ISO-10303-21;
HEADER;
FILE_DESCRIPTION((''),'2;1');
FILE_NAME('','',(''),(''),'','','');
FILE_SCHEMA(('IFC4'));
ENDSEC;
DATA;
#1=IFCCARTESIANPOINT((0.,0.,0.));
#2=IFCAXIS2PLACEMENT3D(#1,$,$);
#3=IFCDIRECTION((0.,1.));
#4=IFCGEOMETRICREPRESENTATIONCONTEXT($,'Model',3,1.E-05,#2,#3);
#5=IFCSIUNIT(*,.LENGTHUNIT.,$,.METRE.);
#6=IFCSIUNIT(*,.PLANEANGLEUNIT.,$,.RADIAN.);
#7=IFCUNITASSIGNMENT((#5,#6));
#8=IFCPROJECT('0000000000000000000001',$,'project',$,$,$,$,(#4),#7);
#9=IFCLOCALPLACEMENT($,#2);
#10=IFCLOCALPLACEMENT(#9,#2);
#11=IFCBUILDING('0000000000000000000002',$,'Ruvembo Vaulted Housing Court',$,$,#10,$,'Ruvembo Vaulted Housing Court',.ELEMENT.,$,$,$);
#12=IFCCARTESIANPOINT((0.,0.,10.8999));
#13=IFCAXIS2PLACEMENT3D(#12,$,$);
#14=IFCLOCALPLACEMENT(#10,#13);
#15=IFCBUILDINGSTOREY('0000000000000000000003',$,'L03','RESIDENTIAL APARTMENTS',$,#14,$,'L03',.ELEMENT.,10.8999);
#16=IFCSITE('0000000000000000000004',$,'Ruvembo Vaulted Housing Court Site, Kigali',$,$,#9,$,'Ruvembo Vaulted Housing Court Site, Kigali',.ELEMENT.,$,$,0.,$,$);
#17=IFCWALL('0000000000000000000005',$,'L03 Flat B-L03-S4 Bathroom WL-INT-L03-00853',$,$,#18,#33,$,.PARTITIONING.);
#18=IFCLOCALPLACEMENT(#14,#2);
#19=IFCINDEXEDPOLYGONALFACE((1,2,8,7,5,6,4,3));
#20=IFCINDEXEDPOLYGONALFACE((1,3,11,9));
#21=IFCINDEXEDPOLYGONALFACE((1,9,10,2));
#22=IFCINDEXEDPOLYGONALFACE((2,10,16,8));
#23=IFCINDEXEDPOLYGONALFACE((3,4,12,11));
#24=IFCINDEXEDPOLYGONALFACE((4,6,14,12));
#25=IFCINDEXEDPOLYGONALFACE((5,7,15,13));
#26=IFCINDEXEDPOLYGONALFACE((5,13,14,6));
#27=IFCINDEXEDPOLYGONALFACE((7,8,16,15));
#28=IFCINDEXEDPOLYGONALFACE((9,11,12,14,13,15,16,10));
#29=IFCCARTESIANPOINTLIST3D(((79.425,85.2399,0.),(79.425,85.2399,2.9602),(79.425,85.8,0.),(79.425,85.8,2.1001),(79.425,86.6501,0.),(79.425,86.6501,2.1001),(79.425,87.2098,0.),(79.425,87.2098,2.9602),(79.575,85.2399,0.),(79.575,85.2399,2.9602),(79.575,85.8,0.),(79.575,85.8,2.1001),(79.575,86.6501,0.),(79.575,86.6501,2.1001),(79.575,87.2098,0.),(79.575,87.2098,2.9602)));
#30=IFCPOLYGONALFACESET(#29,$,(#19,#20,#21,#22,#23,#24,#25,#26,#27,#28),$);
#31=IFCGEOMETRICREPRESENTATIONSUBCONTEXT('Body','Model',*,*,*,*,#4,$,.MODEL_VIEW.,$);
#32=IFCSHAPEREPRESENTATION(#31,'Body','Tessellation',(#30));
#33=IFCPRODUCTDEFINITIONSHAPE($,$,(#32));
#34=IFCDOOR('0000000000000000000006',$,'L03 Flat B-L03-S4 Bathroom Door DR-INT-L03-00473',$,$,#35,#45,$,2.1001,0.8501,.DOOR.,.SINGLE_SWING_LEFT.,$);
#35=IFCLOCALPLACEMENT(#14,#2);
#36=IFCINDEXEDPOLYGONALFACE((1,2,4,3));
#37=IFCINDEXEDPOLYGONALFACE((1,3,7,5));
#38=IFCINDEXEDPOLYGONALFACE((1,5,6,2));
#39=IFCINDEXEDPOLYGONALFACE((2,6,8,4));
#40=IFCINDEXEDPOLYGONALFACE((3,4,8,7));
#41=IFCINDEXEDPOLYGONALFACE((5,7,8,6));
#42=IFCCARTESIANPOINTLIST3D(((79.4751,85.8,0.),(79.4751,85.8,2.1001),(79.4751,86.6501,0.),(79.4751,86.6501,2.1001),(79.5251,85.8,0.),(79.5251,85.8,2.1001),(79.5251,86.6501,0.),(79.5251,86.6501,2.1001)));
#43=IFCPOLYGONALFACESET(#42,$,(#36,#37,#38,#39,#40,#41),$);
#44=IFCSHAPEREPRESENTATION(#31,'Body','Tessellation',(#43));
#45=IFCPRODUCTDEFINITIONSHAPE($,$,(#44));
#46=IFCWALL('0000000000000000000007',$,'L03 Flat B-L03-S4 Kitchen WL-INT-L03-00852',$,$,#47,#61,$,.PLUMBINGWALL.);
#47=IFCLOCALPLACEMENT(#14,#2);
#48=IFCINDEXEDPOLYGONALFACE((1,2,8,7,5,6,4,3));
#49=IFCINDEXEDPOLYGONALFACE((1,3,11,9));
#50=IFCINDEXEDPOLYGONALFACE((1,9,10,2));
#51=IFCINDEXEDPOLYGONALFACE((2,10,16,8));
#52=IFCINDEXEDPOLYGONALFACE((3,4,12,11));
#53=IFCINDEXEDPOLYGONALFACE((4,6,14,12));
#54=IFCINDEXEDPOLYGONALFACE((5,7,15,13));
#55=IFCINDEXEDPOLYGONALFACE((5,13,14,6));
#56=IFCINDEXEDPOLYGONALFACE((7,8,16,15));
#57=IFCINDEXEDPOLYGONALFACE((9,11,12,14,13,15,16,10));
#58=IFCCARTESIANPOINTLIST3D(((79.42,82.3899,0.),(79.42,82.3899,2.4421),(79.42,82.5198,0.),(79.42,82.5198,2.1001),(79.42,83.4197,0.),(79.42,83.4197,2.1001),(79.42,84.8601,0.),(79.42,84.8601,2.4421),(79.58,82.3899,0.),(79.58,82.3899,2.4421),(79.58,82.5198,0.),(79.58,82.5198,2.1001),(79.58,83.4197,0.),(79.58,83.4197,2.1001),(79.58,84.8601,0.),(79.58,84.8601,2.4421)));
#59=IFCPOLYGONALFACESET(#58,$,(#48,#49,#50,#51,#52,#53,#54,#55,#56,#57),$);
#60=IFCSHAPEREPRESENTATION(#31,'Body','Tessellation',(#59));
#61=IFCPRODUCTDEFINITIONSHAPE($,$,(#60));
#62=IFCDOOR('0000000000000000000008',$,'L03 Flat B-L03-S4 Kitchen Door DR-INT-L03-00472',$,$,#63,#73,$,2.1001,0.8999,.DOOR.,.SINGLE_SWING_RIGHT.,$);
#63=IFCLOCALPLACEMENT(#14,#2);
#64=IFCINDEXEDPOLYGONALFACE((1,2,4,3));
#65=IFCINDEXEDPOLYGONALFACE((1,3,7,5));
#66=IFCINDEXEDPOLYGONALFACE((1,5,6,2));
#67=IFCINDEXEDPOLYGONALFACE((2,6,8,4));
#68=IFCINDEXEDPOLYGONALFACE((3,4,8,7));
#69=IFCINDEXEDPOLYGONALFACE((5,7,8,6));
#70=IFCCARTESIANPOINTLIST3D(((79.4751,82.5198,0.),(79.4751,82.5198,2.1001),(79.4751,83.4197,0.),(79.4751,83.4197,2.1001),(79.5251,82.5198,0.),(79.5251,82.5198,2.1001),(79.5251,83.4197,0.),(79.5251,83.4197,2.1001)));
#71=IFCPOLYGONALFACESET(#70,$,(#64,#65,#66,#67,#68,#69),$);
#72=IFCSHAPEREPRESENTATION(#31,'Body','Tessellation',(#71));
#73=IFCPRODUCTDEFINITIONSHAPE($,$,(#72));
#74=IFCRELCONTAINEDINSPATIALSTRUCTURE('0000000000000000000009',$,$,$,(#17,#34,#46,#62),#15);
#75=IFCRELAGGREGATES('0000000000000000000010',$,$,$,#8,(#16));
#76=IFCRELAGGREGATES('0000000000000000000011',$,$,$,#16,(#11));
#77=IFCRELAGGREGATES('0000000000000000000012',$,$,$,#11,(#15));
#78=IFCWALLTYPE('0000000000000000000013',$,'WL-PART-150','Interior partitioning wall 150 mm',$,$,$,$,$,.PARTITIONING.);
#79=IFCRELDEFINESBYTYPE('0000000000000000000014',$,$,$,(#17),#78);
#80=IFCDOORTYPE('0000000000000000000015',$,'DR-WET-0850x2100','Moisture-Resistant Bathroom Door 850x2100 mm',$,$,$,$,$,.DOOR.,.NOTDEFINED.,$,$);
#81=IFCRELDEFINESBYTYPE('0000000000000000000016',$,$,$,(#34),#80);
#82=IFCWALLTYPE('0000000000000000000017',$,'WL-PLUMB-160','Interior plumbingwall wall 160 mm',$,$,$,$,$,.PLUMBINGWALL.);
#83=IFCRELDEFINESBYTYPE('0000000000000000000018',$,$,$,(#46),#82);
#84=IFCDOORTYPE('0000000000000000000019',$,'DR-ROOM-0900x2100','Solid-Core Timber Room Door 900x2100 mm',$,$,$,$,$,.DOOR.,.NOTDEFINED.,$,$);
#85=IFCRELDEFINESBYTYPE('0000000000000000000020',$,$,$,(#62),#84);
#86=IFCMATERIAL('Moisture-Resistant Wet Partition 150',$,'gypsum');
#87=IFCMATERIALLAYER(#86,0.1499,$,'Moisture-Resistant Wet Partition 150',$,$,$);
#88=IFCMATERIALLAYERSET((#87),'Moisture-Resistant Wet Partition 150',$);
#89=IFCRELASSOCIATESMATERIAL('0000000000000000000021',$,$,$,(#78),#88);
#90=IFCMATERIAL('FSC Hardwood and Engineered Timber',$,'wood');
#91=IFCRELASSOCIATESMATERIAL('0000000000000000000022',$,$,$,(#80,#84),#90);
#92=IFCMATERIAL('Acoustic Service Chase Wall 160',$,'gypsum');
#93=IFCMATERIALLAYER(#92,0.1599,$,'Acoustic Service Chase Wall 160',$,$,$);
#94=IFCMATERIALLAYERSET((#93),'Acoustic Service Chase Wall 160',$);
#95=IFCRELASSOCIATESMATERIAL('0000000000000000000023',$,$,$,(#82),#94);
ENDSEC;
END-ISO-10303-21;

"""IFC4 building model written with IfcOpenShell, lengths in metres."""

from ifc_helpers import new_model, si_unit, direction, frame, frame_2d, origin, place, context, subcontext, project, spatial, rectangle, extrude, material, layer, layer_set, type_object, element, fill, save


model = new_model("IFC4")

# Units and contexts
model_context = context("Model", 3, precision=1e-05, world=origin(), true_north=direction((0.0, 1.0)))
body_context = subcontext(model_context, "Body", "Model", "MODEL_VIEW")
ifc_project = project(units=[si_unit("LENGTHUNIT", "METRE"), si_unit("PLANEANGLEUNIT", "RADIAN")], contexts=[model_context])

# Site, building, storey
site_placement = place(None, origin())
site = spatial("IfcSite", under=ifc_project, at=site_placement, Name="Ruvembo Vaulted Housing Court Site, Kigali", LongName="Ruvembo Vaulted Housing Court Site, Kigali", CompositionType="ELEMENT", RefElevation=0.0)
building_placement = place(site_placement, origin())
building = spatial("IfcBuilding", under=site, at=building_placement, Name="Ruvembo Vaulted Housing Court", LongName="Ruvembo Vaulted Housing Court", CompositionType="ELEMENT")
storey_placement = place(building_placement, frame((0.0, 0.0, 10.8999)))
storey = spatial("IfcBuildingStorey", under=building, at=storey_placement, Name="L03", Description="RESIDENTIAL APARTMENTS", LongName="L03", CompositionType="ELEMENT", Elevation=10.8999)

# Shared definitions
ifc_material_1 = material(Name="FSC Hardwood and Engineered Timber", Category="wood")

# Walls, openings, doors
ifc_material_2 = material(Name="Moisture-Resistant Wet Partition 150", Category="gypsum")
ifc_layer_1 = layer(ifc_material_2, 0.1499, Name="Moisture-Resistant Wet Partition 150")
ifc_layer_set_1 = layer_set([ifc_layer_1], Name="Moisture-Resistant Wet Partition 150")
wall_type_1 = type_object("IfcWallType", Name="WL-PART-150", Description="Interior partitioning wall 150 mm", PredefinedType="PARTITIONING", material=ifc_layer_set_1)
wall_1_placement = place(storey_placement, frame((79.5, 85.24, 0.0), z_axis=(0.0, 0.0, 1.0), x_axis=(0.0, 1.0, 0.0)))
wall_1 = element("IfcWall", 1, at=wall_1_placement, inside=storey, type_object=wall_type_1, Name="L03 Flat B-L03-S4 Bathroom WL-INT-L03-00853", PredefinedType="PARTITIONING", context=body_context, shape_type="SweptSolid", body=[
    extrude(rectangle(XDim=1.97, YDim=0.1499, at=frame_2d((0.9849, 0.0))), origin(), (0.0, 0.0, 1.0), 2.9602),
])
opening_1_placement = place(wall_1_placement, frame((0.5601, 0.0, 0.0)))
opening_1 = element("IfcOpeningElement", 2, at=opening_1_placement, cuts=wall_1, PredefinedType="OPENING", context=body_context, shape_type="SweptSolid", body=[
    extrude(rectangle(XDim=0.8501, YDim=2.1001, at=frame_2d((0.425, 1.05))), frame((0.0, 0.085, 0.0), z_axis=(0.0, -1.0, 0.0), x_axis=(1.0, 0.0, 0.0)), (0.0, 0.0, 1.0), 0.1699),
])
door_type_1 = type_object("IfcDoorType", Name="DR-WET-0850x2100", Description="Moisture-Resistant Bathroom Door 850x2100 mm", OperationType="NOTDEFINED", PredefinedType="DOOR", material=ifc_material_1)
door_1_placement = place(opening_1_placement, origin())
door_1 = element("IfcDoor", 3, at=door_1_placement, inside=storey, type_object=door_type_1, Name="L03 Flat B-L03-S4 Bathroom Door DR-INT-L03-00473", OperationType="SINGLE_SWING_LEFT", OverallHeight=2.1001, OverallWidth=0.8501, PredefinedType="DOOR", context=body_context, shape_type="SweptSolid", body=[
    extrude(rectangle(XDim=0.8501, YDim=2.1001, at=frame_2d((0.425, 1.05))), frame((0.0, 0.0249, 0.0), z_axis=(0.0, -1.0, 0.0), x_axis=(1.0, 0.0, 0.0)), (0.0, 0.0, 1.0), 0.05),
])
fill(opening_1, door_1)
ifc_material_3 = material(Name="Acoustic Service Chase Wall 160", Category="gypsum")
ifc_layer_2 = layer(ifc_material_3, 0.1599, Name="Acoustic Service Chase Wall 160")
ifc_layer_set_2 = layer_set([ifc_layer_2], Name="Acoustic Service Chase Wall 160")
wall_type_2 = type_object("IfcWallType", Name="WL-PLUMB-160", Description="Interior plumbingwall wall 160 mm", PredefinedType="PLUMBINGWALL", material=ifc_layer_set_2)
wall_2_placement = place(storey_placement, frame((79.5, 82.3899, 0.0), z_axis=(0.0, 0.0, 1.0), x_axis=(0.0, 1.0, 0.0)))
wall_2 = element("IfcWall", 4, at=wall_2_placement, inside=storey, type_object=wall_type_2, Name="L03 Flat B-L03-S4 Kitchen WL-INT-L03-00852", PredefinedType="PLUMBINGWALL", context=body_context, shape_type="SweptSolid", body=[
    extrude(rectangle(XDim=2.4702, YDim=0.1599, at=frame_2d((1.2351, 0.0))), origin(), (0.0, 0.0, 1.0), 2.4421),
])
opening_2_placement = place(wall_2_placement, frame((0.1299, 0.0, 0.0)))
opening_2 = element("IfcOpeningElement", 5, at=opening_2_placement, cuts=wall_2, PredefinedType="OPENING", context=body_context, shape_type="SweptSolid", body=[
    extrude(rectangle(XDim=0.8999, YDim=2.1001, at=frame_2d((0.45, 1.05))), frame((0.0, 0.0898, 0.0), z_axis=(0.0, -1.0, 0.0), x_axis=(1.0, 0.0, 0.0)), (0.0, 0.0, 1.0), 0.1799),
])
door_type_2 = type_object("IfcDoorType", Name="DR-ROOM-0900x2100", Description="Solid-Core Timber Room Door 900x2100 mm", OperationType="NOTDEFINED", PredefinedType="DOOR", material=ifc_material_1)
door_2_placement = place(opening_2_placement, origin())
door_2 = element("IfcDoor", 6, at=door_2_placement, inside=storey, type_object=door_type_2, Name="L03 Flat B-L03-S4 Kitchen Door DR-INT-L03-00472", OperationType="SINGLE_SWING_RIGHT", OverallHeight=2.1001, OverallWidth=0.8999, PredefinedType="DOOR", context=body_context, shape_type="SweptSolid", body=[
    extrude(rectangle(XDim=0.8999, YDim=2.1001, at=frame_2d((0.45, 1.05))), frame((0.0, 0.0249, 0.0), z_axis=(0.0, -1.0, 0.0), x_axis=(1.0, 0.0, 0.0)), (0.0, 0.0, 1.0), 0.05),
])
fill(opening_2, door_2)

save(model, "model.ifc")
